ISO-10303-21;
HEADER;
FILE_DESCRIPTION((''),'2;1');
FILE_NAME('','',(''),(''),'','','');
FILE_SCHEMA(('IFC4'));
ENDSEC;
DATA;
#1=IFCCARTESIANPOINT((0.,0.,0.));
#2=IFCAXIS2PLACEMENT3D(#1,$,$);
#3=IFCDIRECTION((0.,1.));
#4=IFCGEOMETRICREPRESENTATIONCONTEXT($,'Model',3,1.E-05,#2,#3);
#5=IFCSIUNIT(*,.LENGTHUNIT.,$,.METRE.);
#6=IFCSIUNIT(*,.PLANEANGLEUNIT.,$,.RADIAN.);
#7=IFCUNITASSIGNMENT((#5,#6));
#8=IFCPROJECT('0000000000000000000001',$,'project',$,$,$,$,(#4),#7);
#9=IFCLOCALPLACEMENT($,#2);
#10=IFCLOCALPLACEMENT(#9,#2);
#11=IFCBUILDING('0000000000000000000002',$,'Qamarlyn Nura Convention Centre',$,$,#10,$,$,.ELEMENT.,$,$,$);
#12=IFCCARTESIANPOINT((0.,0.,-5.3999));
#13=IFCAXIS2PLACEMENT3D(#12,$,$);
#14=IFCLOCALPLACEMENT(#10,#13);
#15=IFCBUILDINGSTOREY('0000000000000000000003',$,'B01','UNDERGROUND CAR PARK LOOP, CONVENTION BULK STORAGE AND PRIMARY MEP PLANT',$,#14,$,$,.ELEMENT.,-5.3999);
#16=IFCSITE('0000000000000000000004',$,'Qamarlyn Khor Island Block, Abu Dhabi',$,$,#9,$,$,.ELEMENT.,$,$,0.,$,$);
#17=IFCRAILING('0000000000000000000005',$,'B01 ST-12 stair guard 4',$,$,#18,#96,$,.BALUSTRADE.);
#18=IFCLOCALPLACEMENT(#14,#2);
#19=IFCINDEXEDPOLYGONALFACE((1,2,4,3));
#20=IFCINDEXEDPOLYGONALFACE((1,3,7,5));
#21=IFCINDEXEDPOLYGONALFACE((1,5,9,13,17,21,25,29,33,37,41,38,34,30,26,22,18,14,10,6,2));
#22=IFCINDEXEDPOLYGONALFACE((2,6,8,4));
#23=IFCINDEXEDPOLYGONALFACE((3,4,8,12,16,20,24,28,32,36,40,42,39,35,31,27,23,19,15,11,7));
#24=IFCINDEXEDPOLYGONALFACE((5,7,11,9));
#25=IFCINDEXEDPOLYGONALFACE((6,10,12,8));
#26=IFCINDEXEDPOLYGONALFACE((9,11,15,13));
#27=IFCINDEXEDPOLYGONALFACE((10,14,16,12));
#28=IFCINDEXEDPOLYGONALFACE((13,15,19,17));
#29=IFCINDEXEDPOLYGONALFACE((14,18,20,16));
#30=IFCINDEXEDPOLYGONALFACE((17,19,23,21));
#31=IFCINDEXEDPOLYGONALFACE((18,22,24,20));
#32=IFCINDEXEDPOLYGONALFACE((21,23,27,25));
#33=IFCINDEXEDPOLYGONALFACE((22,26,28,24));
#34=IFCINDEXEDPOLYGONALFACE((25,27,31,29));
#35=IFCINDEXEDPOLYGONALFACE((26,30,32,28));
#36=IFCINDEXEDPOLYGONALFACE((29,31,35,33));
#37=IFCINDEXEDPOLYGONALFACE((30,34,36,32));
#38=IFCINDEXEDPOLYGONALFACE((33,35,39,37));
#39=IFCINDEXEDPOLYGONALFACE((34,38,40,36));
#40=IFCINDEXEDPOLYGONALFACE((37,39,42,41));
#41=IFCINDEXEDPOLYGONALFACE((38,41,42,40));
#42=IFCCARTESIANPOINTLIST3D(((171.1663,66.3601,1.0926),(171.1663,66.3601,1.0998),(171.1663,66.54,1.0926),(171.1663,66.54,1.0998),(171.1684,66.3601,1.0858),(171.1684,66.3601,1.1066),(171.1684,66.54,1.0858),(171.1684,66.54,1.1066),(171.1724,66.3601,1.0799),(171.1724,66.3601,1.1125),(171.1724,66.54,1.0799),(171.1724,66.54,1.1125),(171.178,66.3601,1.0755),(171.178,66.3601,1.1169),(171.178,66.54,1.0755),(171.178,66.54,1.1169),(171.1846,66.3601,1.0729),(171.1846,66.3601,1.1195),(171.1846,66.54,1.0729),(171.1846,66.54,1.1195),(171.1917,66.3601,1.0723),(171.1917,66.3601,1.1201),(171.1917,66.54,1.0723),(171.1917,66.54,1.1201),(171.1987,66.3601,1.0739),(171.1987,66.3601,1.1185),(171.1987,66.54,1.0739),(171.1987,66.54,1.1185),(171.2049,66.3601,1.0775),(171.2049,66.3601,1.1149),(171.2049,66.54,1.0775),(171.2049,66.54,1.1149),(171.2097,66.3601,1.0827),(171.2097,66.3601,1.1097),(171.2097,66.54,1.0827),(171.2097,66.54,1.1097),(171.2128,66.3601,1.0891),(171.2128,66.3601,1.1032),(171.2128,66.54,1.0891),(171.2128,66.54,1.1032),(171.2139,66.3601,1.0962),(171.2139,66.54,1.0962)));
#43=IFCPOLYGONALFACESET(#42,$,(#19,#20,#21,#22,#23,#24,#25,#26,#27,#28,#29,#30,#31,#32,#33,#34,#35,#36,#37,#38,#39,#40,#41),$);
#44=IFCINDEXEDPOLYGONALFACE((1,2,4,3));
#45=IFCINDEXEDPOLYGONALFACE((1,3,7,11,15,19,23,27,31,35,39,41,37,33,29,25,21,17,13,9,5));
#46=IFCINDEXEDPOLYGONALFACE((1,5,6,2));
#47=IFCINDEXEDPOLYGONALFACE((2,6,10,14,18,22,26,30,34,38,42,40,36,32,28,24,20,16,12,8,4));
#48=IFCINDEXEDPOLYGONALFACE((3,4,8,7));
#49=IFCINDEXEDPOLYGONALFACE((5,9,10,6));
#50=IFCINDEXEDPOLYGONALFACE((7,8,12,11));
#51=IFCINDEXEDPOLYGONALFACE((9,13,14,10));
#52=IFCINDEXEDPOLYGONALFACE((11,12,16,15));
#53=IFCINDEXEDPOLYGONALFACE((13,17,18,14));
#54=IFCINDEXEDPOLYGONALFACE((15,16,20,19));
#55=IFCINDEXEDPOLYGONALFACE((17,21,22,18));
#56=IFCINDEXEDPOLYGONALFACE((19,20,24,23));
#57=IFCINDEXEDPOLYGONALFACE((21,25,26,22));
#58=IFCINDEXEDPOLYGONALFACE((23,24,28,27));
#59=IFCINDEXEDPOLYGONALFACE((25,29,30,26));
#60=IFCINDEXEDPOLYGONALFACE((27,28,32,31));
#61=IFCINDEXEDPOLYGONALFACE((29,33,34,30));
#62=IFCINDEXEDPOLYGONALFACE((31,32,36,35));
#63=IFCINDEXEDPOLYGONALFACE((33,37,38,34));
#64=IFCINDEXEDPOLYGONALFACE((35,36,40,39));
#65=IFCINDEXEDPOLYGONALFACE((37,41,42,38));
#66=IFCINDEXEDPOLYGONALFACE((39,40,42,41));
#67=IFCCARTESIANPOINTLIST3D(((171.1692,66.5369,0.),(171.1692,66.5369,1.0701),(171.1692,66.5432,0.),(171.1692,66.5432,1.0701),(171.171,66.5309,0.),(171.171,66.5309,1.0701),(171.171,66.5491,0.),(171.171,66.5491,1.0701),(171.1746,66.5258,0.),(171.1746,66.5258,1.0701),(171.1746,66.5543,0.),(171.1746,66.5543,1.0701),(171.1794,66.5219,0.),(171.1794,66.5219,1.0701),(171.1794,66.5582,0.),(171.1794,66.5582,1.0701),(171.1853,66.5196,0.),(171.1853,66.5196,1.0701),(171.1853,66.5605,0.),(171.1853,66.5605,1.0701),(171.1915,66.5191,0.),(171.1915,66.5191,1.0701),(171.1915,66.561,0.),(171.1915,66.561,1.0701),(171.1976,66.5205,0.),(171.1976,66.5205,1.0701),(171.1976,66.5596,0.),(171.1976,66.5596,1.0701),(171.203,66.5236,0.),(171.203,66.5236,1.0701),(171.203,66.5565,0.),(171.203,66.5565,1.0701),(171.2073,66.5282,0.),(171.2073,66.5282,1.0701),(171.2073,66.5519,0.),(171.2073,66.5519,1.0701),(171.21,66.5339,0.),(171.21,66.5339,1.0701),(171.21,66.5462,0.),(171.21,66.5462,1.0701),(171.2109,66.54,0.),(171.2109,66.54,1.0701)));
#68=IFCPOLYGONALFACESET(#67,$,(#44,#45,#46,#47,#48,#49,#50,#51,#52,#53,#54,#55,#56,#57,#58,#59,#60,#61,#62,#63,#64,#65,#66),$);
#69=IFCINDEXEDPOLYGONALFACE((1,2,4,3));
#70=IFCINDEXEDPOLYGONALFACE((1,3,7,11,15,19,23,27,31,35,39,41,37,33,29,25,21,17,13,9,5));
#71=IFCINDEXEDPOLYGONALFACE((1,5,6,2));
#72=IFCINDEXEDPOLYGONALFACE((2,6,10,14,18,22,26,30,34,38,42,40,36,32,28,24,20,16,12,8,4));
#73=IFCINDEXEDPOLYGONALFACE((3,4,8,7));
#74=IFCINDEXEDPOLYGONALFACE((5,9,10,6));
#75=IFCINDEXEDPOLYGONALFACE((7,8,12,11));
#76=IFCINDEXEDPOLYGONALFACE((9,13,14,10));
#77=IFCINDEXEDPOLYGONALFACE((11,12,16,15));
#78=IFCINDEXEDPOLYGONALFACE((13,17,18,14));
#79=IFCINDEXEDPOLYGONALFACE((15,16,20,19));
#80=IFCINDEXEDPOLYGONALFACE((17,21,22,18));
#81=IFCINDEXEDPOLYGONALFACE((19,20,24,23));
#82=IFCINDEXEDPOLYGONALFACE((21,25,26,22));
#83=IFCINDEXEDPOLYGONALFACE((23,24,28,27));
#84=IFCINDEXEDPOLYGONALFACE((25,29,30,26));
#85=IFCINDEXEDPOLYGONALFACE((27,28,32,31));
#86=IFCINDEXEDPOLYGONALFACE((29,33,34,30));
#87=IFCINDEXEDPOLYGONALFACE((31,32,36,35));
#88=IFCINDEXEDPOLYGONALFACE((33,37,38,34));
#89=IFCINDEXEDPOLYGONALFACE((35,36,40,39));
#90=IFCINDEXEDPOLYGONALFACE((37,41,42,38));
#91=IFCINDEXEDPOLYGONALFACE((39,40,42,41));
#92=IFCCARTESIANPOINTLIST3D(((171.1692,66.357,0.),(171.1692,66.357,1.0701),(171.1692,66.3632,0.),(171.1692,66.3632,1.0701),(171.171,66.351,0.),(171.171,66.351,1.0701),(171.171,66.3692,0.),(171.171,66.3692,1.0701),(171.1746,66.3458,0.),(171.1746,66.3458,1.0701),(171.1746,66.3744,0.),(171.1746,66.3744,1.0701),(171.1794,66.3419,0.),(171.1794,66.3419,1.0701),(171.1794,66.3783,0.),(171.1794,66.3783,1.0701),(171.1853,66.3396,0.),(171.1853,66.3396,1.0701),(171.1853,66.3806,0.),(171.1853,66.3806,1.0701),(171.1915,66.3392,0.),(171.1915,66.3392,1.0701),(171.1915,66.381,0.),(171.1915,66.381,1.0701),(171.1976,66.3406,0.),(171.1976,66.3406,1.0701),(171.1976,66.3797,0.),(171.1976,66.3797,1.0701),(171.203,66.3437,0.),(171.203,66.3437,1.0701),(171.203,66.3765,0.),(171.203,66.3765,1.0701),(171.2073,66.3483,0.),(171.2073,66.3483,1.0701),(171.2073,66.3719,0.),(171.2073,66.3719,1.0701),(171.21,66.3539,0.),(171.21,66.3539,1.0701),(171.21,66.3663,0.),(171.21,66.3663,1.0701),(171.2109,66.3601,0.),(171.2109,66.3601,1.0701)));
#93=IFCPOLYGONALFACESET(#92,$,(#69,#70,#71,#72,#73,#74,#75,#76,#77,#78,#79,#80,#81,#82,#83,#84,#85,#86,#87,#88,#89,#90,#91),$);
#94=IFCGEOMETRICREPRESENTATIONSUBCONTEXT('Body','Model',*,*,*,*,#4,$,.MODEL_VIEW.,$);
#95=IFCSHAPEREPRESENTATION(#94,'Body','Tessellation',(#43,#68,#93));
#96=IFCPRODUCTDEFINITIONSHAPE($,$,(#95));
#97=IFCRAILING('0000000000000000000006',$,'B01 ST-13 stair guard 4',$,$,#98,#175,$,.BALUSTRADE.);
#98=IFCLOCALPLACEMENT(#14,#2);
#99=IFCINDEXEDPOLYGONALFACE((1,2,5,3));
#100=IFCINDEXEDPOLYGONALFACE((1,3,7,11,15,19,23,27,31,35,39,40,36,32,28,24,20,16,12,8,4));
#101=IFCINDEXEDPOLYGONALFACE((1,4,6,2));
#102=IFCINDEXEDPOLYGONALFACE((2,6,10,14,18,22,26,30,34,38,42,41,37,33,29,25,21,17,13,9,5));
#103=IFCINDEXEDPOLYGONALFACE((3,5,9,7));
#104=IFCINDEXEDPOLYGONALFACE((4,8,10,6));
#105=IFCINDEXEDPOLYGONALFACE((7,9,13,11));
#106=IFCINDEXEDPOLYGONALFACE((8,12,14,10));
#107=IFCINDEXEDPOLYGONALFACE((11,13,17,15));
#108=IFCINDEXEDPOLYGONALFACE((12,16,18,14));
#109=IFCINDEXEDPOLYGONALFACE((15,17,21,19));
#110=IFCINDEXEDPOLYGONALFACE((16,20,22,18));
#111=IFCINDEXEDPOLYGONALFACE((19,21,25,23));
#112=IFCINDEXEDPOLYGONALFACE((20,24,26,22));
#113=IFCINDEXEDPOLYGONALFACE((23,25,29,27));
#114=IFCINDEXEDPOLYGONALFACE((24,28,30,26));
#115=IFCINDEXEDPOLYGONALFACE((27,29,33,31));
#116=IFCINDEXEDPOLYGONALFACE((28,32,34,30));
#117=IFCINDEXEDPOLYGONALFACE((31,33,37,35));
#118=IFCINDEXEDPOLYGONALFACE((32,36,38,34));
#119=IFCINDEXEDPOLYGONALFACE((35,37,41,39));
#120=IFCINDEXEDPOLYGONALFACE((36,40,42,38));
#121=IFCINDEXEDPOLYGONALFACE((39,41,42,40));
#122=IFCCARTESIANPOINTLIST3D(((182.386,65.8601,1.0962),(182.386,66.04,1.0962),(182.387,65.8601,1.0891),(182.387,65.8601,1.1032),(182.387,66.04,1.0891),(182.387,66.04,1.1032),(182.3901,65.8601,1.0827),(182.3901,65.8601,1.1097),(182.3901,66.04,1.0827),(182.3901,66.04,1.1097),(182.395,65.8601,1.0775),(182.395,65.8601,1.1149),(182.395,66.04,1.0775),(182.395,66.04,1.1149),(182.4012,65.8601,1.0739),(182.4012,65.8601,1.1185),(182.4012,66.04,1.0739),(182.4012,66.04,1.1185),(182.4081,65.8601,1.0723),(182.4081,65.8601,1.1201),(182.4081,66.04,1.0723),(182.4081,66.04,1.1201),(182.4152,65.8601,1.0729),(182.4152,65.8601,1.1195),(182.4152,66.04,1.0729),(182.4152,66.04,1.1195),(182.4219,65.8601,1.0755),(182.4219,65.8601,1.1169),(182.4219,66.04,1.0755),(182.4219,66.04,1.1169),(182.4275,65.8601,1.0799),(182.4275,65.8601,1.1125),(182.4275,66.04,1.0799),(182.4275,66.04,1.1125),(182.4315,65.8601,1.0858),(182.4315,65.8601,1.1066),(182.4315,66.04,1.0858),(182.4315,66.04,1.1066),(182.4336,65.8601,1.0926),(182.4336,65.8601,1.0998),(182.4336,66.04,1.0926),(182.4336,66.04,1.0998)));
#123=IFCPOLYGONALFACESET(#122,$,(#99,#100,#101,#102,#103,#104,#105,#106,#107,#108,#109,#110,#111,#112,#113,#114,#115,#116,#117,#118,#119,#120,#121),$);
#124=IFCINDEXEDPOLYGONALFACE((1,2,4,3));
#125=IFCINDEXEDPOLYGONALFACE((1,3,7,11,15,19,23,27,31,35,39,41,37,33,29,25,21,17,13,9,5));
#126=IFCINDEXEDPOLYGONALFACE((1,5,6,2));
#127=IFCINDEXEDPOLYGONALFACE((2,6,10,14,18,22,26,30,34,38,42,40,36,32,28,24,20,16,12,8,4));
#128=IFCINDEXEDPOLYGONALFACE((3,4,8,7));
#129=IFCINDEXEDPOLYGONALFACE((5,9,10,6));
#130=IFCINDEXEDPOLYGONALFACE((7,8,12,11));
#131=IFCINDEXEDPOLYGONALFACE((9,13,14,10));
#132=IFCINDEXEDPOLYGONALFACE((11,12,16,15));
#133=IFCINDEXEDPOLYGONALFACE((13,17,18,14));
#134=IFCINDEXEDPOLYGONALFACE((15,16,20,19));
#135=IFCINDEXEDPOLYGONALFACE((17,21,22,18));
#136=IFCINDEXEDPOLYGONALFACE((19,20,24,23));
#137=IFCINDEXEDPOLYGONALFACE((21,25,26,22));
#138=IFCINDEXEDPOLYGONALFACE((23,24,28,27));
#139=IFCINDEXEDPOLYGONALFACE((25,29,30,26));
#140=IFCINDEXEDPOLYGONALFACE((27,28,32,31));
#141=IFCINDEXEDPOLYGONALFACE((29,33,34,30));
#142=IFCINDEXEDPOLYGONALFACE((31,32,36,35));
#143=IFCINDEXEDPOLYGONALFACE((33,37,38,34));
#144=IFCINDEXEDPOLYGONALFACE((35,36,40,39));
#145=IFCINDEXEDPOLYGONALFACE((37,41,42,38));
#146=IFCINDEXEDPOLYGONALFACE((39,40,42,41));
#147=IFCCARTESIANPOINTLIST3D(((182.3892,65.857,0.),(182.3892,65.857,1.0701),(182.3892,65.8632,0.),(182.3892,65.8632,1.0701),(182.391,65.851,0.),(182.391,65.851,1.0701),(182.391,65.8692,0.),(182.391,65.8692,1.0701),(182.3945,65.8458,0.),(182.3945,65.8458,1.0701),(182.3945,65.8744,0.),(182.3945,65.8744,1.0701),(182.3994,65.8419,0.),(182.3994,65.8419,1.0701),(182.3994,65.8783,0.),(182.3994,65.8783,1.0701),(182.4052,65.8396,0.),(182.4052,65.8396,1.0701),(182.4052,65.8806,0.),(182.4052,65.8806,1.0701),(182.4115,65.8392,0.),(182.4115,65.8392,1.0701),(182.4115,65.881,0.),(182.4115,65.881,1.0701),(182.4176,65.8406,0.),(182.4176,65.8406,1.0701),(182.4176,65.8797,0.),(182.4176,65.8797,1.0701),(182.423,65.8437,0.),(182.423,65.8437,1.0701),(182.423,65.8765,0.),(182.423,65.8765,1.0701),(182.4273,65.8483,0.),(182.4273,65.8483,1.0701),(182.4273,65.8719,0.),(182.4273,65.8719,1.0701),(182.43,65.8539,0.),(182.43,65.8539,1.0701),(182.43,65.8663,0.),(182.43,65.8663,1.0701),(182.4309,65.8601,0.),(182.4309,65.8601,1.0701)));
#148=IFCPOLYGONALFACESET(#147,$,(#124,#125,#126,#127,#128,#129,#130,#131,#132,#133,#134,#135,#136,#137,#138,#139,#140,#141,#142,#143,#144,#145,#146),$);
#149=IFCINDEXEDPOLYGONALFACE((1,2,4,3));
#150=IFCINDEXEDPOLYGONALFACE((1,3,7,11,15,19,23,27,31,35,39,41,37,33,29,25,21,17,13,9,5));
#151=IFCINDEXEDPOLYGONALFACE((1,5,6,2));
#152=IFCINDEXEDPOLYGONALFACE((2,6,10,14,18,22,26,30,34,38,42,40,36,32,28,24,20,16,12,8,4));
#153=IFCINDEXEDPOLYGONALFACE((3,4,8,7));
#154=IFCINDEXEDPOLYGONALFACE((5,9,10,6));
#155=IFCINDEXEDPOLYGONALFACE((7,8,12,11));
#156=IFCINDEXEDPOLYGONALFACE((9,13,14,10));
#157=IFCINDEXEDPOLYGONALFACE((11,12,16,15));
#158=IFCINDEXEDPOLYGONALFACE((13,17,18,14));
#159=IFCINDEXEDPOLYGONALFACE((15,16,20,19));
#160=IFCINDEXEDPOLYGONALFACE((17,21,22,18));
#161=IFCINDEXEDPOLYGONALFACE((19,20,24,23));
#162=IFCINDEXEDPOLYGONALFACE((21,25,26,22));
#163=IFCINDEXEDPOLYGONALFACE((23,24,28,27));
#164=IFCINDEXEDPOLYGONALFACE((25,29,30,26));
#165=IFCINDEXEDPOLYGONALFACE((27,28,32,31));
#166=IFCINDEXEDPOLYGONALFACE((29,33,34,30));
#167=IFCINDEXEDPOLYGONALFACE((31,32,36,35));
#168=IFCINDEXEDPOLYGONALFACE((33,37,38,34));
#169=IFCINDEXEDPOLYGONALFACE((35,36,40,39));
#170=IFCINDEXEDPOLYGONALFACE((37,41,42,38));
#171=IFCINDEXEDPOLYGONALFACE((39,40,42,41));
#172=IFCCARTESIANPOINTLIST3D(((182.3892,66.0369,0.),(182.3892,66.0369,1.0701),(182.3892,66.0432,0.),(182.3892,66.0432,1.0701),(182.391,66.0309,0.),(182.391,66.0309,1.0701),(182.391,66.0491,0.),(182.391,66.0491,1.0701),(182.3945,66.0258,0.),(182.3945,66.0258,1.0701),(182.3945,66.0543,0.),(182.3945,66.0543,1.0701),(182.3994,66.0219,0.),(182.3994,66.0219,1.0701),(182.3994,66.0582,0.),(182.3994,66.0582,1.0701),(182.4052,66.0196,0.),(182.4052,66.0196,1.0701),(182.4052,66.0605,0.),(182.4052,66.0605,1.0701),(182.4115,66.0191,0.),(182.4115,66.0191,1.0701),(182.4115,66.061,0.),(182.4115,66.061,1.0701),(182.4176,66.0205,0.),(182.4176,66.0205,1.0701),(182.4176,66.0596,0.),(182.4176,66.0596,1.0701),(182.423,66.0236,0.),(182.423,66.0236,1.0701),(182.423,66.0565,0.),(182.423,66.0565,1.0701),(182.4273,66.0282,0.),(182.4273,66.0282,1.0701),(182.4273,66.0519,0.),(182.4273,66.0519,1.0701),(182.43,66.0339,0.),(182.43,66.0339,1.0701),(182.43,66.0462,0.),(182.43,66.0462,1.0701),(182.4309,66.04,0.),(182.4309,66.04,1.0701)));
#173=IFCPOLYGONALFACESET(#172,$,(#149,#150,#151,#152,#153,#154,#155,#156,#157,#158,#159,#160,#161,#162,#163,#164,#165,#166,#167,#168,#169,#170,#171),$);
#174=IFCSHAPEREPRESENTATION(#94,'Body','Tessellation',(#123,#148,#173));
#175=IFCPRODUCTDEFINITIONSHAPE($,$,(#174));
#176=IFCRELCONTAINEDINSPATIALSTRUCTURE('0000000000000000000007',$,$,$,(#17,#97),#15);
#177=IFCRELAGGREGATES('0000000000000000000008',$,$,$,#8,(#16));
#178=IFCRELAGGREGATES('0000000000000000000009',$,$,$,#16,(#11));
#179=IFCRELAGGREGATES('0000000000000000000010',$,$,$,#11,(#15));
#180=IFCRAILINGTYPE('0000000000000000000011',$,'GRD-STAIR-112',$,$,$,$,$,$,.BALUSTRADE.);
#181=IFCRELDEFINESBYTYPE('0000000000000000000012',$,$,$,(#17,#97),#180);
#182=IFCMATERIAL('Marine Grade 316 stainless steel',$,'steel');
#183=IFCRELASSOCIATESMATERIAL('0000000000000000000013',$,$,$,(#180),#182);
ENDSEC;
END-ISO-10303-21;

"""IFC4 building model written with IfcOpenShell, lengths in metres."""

from ifc_helpers import new_model, si_unit, direction, frame, origin, origin_2d, place, context, subcontext, project, spatial, circle, extrude, material, type_object, element, save


model = new_model("IFC4")

# Units and contexts
model_context = context("Model", 3, precision=1e-05, world=origin(), true_north=direction((0.0, 1.0)))
body_context = subcontext(model_context, "Body", "Model", "MODEL_VIEW")
ifc_project = project(units=[si_unit("LENGTHUNIT", "METRE"), si_unit("PLANEANGLEUNIT", "RADIAN")], contexts=[model_context])

# Site, building, storey
site_placement = place(None, origin())
site = spatial("IfcSite", under=ifc_project, at=site_placement, Name="Qamarlyn Khor Island Block, Abu Dhabi", CompositionType="ELEMENT", RefElevation=0.0)
building_placement = place(site_placement, origin())
building = spatial("IfcBuilding", under=site, at=building_placement, Name="Qamarlyn Nura Convention Centre", CompositionType="ELEMENT")
storey_placement = place(building_placement, frame((0.0, 0.0, -5.3999)))
storey = spatial("IfcBuildingStorey", under=building, at=storey_placement, Name="B01", Description="UNDERGROUND CAR PARK LOOP, CONVENTION BULK STORAGE AND PRIMARY MEP PLANT", CompositionType="ELEMENT", Elevation=-5.3999)

# Railings
ifc_material_1 = material(Name="Marine Grade 316 stainless steel", Category="steel")
railing_type_1 = type_object("IfcRailingType", Name="GRD-STAIR-112", PredefinedType="BALUSTRADE", material=ifc_material_1)
railing_1_placement = place(storey_placement, frame((171.1899, 66.54, 0.0)))
element("IfcRailing", 1, at=railing_1_placement, inside=storey, type_object=railing_type_1, Name="B01 ST-12 stair guard 4", PredefinedType="BALUSTRADE", context=body_context, shape_type="SweptSolid", body=[
    extrude(circle(Radius=0.0239, at=origin_2d()), frame((0.0, 0.0, 1.0962), z_axis=(0.0, -1.0, 0.0), x_axis=(1.0, 0.0, 0.0)), (0.0, 0.0, 1.0), 0.1799),
    extrude(circle(Radius=0.021, at=origin_2d()), origin(), (0.0, 0.0, 1.0), 1.0701),
    extrude(circle(Radius=0.021, at=origin_2d()), frame((0.0, -0.1799, 0.0)), (0.0, 0.0, 1.0), 1.0701),
])
for number, where, name in (
    (2, (182.4099, 65.8601, 0.0), "B01 ST-13 stair guard 4"),
):
    element("IfcRailing", number, at=place(storey_placement, frame(where)), inside=storey, type_object=railing_type_1, Name=name, PredefinedType="BALUSTRADE", context=body_context, shape_type="SweptSolid", body=[
        extrude(circle(Radius=0.0239, at=origin_2d()), frame((0.0, 0.0, 1.0962), z_axis=(0.0, 1.0, 0.0), x_axis=(-1.0, 0.0, 0.0)), (0.0, 0.0, 1.0), 0.1799),
        extrude(circle(Radius=0.021, at=origin_2d()), origin(), (0.0, 0.0, 1.0), 1.0701),
        extrude(circle(Radius=0.021, at=origin_2d()), frame((0.0, 0.1799, 0.0)), (0.0, 0.0, 1.0), 1.0701),
    ])

save(model, "model.ifc")
